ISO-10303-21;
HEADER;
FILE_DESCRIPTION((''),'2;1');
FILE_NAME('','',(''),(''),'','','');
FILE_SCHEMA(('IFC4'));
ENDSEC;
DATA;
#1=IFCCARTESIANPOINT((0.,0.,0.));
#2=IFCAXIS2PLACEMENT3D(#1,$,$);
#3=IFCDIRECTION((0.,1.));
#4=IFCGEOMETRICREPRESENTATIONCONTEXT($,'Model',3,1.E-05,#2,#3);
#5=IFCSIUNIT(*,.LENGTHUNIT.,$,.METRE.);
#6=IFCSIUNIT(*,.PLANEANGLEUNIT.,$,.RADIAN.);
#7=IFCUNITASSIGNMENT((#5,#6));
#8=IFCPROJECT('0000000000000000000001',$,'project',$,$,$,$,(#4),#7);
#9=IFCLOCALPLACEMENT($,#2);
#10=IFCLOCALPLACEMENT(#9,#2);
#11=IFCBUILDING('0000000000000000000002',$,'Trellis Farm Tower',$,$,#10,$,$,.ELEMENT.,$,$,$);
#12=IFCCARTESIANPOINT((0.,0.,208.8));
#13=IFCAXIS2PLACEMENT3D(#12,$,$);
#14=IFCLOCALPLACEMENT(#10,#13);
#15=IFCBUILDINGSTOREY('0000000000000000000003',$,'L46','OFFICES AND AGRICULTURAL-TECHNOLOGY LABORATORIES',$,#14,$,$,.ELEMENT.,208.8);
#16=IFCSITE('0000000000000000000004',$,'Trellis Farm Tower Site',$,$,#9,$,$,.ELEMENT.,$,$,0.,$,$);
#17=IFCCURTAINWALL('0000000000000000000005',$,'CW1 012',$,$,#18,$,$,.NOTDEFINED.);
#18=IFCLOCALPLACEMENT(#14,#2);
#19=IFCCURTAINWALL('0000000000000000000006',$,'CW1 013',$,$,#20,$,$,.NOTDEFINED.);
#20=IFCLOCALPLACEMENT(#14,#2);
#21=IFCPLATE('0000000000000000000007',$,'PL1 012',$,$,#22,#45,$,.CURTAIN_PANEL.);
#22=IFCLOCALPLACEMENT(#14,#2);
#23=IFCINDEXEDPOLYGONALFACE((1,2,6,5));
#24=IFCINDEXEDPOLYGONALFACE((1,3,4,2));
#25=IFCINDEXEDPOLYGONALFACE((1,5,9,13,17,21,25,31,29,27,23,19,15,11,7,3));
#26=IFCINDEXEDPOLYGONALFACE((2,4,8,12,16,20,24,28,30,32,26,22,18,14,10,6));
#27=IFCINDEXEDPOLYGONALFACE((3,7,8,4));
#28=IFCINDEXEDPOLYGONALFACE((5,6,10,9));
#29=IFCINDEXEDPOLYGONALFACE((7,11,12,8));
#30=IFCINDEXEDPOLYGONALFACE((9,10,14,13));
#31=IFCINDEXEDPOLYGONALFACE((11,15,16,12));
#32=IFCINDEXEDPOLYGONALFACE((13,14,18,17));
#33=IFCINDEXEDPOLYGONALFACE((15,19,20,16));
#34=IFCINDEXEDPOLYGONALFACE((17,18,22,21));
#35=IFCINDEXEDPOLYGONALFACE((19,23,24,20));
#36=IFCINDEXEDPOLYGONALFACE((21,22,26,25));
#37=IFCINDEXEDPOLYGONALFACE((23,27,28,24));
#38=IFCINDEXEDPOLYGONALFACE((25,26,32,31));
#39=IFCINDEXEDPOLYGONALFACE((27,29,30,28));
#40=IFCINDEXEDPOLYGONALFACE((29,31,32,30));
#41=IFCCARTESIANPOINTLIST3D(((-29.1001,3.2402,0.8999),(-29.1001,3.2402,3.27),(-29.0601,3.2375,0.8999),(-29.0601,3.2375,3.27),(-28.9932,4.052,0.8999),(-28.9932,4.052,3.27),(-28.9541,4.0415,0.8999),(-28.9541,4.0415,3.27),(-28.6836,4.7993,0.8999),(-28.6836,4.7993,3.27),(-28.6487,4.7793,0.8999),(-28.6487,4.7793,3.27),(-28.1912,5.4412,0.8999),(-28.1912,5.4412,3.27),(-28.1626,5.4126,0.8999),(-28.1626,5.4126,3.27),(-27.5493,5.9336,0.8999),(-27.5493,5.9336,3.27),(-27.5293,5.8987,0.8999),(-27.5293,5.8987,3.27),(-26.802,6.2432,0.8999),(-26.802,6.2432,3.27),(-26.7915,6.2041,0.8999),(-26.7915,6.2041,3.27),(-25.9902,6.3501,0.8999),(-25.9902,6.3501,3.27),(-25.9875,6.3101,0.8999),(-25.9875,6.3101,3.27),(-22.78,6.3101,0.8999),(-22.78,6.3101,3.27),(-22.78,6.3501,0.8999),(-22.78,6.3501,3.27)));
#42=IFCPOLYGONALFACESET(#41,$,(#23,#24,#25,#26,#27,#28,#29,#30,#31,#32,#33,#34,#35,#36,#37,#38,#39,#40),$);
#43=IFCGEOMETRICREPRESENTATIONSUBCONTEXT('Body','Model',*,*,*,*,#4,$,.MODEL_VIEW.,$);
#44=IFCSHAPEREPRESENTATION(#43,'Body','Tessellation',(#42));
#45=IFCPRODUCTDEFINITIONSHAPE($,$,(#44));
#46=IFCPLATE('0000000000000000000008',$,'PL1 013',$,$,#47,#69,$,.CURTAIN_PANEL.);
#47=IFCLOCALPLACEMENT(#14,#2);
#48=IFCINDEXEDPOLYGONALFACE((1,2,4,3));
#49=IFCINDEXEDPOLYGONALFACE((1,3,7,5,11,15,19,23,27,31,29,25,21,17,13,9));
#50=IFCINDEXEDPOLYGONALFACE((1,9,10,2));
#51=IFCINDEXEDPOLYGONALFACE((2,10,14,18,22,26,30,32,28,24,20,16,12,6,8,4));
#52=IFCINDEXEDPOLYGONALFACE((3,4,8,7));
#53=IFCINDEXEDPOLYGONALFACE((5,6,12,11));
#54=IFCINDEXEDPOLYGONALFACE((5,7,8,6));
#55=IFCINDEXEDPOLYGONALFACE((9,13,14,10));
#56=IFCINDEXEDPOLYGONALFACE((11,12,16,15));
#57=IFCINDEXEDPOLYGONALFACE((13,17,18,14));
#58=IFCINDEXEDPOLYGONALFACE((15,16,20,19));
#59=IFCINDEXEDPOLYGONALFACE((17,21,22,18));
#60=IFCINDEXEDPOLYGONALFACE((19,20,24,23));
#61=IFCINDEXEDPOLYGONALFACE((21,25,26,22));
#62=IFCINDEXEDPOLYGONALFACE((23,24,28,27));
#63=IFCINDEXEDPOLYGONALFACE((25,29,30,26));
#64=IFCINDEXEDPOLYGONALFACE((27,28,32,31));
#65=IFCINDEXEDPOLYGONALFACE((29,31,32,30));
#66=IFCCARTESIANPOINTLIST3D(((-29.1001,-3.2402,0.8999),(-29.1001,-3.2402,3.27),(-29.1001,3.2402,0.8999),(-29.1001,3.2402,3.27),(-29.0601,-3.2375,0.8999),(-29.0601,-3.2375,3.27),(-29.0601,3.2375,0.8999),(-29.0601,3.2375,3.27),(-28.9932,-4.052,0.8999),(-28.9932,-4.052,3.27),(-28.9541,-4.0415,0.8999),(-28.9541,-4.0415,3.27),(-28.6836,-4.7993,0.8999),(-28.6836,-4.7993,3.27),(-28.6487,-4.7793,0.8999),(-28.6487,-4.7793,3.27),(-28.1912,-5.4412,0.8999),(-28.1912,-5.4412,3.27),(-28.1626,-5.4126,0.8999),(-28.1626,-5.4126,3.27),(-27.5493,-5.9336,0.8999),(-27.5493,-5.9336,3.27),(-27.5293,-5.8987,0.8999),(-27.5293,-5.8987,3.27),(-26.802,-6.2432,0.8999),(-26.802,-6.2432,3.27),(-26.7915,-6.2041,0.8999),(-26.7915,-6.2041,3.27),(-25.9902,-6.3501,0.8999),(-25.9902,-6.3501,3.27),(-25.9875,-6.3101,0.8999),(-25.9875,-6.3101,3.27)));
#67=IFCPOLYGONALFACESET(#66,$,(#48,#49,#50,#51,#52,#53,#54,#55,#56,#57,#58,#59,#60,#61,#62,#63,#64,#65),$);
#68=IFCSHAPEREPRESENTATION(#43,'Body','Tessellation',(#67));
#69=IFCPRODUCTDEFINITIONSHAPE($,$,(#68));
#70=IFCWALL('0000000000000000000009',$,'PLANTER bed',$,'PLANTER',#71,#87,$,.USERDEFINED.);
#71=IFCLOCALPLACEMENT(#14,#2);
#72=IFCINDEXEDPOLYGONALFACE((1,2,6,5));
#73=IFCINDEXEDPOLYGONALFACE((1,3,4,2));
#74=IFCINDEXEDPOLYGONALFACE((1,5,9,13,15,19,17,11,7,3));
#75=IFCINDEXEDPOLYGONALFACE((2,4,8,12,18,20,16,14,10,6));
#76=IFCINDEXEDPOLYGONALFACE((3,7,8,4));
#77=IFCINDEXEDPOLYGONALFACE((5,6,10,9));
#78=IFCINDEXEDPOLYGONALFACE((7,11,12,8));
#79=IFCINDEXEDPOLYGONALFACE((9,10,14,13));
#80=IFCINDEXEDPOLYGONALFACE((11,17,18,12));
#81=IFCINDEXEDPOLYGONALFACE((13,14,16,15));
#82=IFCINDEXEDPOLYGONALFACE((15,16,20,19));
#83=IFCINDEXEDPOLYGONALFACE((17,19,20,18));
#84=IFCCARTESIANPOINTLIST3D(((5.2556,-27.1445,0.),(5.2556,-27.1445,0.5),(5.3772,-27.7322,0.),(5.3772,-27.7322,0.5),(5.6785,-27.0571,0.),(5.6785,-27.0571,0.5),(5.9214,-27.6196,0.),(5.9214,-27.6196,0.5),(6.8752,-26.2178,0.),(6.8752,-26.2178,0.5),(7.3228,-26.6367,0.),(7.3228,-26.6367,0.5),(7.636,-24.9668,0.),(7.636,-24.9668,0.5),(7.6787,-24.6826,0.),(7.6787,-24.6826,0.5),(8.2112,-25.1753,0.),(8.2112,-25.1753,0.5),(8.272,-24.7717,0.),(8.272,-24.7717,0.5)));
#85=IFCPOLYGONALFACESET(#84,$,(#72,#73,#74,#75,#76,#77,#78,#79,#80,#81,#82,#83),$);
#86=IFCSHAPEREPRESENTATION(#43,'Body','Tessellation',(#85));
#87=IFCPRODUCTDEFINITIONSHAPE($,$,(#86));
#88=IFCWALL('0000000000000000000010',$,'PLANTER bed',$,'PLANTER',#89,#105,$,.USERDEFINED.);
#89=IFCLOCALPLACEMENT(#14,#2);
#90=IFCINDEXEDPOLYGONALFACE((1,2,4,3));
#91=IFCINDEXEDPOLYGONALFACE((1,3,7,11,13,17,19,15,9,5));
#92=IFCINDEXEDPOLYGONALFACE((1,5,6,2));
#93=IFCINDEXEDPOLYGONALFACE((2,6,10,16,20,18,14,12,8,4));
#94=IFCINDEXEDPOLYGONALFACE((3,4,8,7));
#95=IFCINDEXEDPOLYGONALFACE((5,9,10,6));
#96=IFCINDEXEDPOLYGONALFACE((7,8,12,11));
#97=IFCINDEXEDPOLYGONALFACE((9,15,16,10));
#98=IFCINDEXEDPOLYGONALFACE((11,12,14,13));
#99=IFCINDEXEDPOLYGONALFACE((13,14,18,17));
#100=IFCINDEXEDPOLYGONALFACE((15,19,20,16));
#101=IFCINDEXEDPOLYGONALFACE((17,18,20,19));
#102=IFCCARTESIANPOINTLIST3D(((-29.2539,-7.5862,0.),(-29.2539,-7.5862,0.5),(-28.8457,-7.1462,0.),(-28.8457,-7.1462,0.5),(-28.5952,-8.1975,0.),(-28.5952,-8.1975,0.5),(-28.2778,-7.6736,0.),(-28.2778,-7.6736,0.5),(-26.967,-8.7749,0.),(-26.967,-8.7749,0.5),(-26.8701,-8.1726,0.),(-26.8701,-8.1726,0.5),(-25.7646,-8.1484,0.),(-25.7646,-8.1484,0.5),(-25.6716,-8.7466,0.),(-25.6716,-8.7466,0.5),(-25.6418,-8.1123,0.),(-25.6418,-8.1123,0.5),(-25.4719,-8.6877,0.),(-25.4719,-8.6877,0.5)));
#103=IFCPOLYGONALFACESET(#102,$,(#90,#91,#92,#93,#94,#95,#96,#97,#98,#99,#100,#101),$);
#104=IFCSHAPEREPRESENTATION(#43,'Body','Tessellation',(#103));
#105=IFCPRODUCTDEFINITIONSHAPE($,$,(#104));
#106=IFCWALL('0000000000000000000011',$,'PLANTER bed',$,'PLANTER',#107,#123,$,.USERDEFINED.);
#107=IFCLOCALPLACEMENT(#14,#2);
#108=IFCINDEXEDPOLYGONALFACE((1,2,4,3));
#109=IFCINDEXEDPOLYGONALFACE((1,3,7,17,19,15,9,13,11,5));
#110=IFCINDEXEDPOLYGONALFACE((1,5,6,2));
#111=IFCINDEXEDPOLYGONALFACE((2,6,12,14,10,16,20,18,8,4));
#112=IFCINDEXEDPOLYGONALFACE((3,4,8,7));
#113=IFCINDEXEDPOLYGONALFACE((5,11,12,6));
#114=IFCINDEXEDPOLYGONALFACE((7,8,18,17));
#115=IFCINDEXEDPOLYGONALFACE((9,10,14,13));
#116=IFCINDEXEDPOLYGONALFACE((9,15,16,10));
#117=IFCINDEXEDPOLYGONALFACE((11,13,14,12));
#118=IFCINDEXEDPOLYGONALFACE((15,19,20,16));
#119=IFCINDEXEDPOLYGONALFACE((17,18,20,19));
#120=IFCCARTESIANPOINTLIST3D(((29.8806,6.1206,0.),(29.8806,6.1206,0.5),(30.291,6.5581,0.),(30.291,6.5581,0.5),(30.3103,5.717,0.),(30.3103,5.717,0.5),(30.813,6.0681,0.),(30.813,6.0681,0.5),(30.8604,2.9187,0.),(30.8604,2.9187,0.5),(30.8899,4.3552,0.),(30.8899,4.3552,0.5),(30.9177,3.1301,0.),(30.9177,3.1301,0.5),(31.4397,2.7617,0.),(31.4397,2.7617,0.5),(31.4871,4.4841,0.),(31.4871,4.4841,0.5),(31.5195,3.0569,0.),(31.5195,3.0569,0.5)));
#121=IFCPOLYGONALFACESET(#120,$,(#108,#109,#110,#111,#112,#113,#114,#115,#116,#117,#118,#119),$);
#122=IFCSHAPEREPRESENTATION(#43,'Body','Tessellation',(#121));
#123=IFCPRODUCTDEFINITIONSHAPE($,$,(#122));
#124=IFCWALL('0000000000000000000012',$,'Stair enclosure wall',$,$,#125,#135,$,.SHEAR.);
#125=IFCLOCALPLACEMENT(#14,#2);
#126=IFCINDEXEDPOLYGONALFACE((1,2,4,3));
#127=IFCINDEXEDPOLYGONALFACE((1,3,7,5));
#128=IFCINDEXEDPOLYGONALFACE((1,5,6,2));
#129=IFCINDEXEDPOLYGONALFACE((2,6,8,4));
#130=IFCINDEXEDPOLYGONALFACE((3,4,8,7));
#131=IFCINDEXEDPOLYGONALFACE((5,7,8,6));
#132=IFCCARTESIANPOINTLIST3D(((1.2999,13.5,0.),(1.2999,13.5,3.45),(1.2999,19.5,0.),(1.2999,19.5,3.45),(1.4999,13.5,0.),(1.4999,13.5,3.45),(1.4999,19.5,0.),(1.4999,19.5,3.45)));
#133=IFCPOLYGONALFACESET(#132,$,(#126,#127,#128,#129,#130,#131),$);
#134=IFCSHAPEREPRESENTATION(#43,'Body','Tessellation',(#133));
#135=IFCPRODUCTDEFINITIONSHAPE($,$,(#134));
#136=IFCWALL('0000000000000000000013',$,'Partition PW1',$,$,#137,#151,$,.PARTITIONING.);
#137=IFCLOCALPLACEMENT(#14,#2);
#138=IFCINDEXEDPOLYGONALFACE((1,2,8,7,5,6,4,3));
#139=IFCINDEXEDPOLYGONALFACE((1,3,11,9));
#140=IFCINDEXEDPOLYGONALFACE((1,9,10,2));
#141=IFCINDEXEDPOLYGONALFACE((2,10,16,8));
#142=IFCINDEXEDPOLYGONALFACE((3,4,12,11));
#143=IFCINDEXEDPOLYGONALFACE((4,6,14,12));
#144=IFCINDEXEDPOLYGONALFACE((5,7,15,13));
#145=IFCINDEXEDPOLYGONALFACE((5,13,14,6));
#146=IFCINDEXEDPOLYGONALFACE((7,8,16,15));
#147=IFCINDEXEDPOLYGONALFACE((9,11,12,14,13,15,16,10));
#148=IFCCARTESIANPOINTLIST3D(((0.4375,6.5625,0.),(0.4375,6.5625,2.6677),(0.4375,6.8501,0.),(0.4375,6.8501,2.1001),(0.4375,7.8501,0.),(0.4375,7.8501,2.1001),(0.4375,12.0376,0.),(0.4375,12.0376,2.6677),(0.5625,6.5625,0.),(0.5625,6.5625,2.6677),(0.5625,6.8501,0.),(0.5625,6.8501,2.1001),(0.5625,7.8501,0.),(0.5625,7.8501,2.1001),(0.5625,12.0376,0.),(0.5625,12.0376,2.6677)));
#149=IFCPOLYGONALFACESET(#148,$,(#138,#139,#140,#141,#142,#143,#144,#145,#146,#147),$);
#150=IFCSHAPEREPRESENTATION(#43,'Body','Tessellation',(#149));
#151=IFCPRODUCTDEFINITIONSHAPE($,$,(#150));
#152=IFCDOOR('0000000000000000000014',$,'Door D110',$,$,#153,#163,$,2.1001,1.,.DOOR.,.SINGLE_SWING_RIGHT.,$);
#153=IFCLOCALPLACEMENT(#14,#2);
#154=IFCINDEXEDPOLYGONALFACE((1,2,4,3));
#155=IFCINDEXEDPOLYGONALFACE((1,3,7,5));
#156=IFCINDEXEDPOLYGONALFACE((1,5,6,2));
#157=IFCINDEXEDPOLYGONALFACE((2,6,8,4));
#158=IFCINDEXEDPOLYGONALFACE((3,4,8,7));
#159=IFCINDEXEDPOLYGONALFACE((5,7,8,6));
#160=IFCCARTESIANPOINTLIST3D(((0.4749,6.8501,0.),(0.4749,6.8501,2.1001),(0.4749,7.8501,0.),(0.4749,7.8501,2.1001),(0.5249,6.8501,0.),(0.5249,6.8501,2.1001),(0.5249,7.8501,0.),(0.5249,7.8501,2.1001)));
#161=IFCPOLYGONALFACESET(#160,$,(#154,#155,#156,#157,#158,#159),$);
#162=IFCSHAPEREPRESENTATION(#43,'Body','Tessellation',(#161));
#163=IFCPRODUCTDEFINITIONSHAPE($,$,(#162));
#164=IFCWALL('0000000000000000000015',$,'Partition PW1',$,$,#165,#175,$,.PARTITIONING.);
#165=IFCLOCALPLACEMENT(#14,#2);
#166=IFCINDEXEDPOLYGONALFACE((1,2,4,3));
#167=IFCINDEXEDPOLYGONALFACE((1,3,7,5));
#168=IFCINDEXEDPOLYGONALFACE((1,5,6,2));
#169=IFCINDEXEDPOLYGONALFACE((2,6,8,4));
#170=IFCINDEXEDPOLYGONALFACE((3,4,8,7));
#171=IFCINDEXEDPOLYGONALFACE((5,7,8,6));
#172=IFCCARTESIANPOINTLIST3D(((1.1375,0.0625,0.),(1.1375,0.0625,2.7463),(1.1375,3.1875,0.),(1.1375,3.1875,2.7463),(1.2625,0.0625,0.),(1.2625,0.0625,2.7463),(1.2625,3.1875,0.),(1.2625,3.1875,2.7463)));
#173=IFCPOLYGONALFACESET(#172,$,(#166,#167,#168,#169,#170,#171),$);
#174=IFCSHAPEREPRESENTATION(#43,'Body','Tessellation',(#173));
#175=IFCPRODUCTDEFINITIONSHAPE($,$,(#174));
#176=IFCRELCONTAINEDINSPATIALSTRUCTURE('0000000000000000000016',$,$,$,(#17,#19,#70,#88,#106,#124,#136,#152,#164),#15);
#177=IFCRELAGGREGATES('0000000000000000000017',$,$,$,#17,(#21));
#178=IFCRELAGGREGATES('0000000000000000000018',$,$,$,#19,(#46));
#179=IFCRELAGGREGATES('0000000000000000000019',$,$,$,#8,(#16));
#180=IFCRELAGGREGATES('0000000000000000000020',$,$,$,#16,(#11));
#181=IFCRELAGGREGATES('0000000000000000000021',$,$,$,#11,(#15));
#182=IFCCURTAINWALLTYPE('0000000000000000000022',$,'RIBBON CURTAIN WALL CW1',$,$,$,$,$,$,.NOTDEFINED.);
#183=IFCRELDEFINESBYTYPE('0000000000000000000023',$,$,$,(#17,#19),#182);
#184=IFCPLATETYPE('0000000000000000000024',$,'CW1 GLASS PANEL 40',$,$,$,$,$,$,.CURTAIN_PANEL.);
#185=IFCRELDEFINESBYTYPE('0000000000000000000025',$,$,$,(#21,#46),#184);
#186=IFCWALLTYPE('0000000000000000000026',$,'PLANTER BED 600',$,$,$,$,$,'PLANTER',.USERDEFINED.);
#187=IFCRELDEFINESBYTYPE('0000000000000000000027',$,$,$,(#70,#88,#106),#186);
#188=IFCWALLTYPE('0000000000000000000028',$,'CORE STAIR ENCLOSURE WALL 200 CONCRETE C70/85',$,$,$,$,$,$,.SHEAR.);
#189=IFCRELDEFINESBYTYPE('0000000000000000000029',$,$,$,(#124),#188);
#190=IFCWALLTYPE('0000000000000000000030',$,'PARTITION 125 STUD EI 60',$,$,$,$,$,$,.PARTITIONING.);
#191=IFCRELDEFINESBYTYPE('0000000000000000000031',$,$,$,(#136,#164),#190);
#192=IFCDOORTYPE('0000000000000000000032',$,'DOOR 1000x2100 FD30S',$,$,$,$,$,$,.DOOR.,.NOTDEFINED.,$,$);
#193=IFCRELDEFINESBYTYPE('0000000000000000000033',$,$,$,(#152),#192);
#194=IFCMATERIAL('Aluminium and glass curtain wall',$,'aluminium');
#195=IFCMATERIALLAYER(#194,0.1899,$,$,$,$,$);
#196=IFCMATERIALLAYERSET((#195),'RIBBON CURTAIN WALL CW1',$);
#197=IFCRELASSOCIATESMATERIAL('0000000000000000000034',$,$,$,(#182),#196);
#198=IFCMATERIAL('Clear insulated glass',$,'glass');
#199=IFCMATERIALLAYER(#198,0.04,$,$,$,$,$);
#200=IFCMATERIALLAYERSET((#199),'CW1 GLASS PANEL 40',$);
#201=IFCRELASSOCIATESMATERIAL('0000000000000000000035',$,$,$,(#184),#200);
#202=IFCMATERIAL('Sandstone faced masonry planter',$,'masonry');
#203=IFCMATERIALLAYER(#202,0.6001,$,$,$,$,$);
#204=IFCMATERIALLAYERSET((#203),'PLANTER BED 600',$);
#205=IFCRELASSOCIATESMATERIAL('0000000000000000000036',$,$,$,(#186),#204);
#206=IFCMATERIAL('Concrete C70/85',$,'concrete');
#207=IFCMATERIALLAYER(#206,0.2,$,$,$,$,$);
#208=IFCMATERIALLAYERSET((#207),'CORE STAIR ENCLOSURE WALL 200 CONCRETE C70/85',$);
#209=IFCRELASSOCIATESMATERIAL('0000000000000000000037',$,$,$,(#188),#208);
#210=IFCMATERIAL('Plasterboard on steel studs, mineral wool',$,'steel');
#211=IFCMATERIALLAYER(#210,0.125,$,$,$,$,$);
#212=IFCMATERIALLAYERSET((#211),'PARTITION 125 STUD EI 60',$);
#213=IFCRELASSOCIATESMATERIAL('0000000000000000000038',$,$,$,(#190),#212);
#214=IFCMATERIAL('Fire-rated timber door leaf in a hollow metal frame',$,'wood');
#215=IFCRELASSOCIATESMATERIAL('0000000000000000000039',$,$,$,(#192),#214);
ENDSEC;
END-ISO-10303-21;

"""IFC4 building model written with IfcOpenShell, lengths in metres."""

from ifc_helpers import new_model, si_unit, direction, frame, frame_2d, origin, place, context, subcontext, project, spatial, polyline, rectangle, outline, extrude, source, transform, mapped, material, layer, layer_set, type_object, element, fill, aggregate, save


model = new_model("IFC4")

# Units and contexts
model_context = context("Model", 3, precision=1e-05, world=origin(), true_north=direction((0.0, 1.0)))
body_context = subcontext(model_context, "Body", "Model", "MODEL_VIEW")
ifc_project = project(units=[si_unit("LENGTHUNIT", "METRE"), si_unit("PLANEANGLEUNIT", "RADIAN")], contexts=[model_context])

# Site, building, storey
site_placement = place(None, origin())
site = spatial("IfcSite", under=ifc_project, at=site_placement, Name="Trellis Farm Tower Site", CompositionType="ELEMENT", RefElevation=0.0)
building_placement = place(site_placement, origin())
building = spatial("IfcBuilding", under=site, at=building_placement, Name="Trellis Farm Tower", CompositionType="ELEMENT")
storey_placement = place(building_placement, frame((0.0, 0.0, 208.8)))
storey = spatial("IfcBuildingStorey", under=building, at=storey_placement, Name="L46", Description="OFFICES AND AGRICULTURAL-TECHNOLOGY LABORATORIES", CompositionType="ELEMENT", Elevation=208.8)

# Curtain walls
ifc_material_1 = material(Name="Aluminium and glass curtain wall", Category="aluminium")
placement_1 = place(storey_placement, origin())
ifc_layer_1 = layer(ifc_material_1, 0.1899)
ifc_layer_set_1 = layer_set([ifc_layer_1], Name="RIBBON CURTAIN WALL CW1")
curtain_wall_type_1 = type_object("IfcCurtainWallType", Name="RIBBON CURTAIN WALL CW1", PredefinedType="NOTDEFINED", material=ifc_layer_set_1)
curtain_wall_1 = element("IfcCurtainWall", 1, at=placement_1, inside=storey, type_object=curtain_wall_type_1, Name="CW1 012", PredefinedType="NOTDEFINED")
curtain_wall_2 = element("IfcCurtainWall", 2, at=placement_1, inside=storey, type_object=curtain_wall_type_1, Name="CW1 013", PredefinedType="NOTDEFINED")

# Plates
ifc_material_2 = material(Name="Clear insulated glass", Category="glass")
ifc_layer_2 = layer(ifc_material_2, 0.04)
ifc_layer_set_2 = layer_set([ifc_layer_2], Name="CW1 GLASS PANEL 40")
plate_type_1 = type_object("IfcPlateType", Name="CW1 GLASS PANEL 40", PredefinedType="CURTAIN_PANEL", material=ifc_layer_set_2)
placement_2 = place(storey_placement, frame((0.0, 0.0, 0.8999)))
shared_shape_1 = source(origin(), body_context, "Body", "SweptSolid", [
    extrude(outline(polyline([(-22.78, 6.3501), (-25.9902, 6.3501), (-26.802, 6.2432), (-27.5493, 5.9336), (-28.1912, 5.4412), (-28.6836, 4.7993), (-28.9932, 4.052), (-29.1001, 3.2402), (-29.0601, 3.2375), (-28.9541, 4.0415), (-28.6487, 4.7793), (-28.1626, 5.4126), (-27.5293, 5.8987), (-26.7915, 6.2041), (-25.9875, 6.3101), (-22.78, 6.3101), (-22.78, 6.3501)])), origin(), (0.0, 0.0, 1.0), 2.3701),
])
plate_1 = element("IfcPlate", 3, at=placement_2, type_object=plate_type_1, Name="PL1 012", PredefinedType="CURTAIN_PANEL", context=body_context, shape_type="MappedRepresentation", body=[
    mapped(shared_shape_1, transform((0.0, 0.0, 0.0))),
])
aggregate(curtain_wall_1, [plate_1])
shared_shape_2 = source(origin(), body_context, "Body", "SweptSolid", [
    extrude(outline(polyline([(-29.1001, 3.2402), (-29.1001, -3.2402), (-28.9932, -4.052), (-28.6836, -4.7993), (-28.1912, -5.4412), (-27.5493, -5.9336), (-26.802, -6.2432), (-25.9902, -6.3501), (-25.9875, -6.3101), (-26.7915, -6.2041), (-27.5293, -5.8987), (-28.1626, -5.4126), (-28.6487, -4.7793), (-28.9541, -4.0415), (-29.0601, -3.2375), (-29.0601, 3.2375), (-29.1001, 3.2402)])), origin(), (0.0, 0.0, 1.0), 2.3701),
])
plate_2 = element("IfcPlate", 4, at=placement_2, type_object=plate_type_1, Name="PL1 013", PredefinedType="CURTAIN_PANEL", context=body_context, shape_type="MappedRepresentation", body=[
    mapped(shared_shape_2, transform((0.0, 0.0, 0.0))),
])
aggregate(curtain_wall_2, [plate_2])

# Walls
ifc_material_3 = material(Name="Sandstone faced masonry planter", Category="masonry")
ifc_layer_3 = layer(ifc_material_3, 0.6001)
ifc_layer_set_3 = layer_set([ifc_layer_3], Name="PLANTER BED 600")
wall_type_1 = type_object("IfcWallType", Name="PLANTER BED 600", ElementType="PLANTER", PredefinedType="USERDEFINED", material=ifc_layer_set_3)
element("IfcWall", 5, at=placement_1, inside=storey, type_object=wall_type_1, Name="PLANTER bed", ObjectType="PLANTER", PredefinedType="USERDEFINED", context=body_context, shape_type="SweptSolid", body=[
    extrude(outline(polyline([(8.2112, -25.1753), (7.3228, -26.6367), (5.9214, -27.6196), (5.3772, -27.7322), (5.2556, -27.1445), (5.6785, -27.0571), (6.8752, -26.2178), (7.636, -24.9668), (7.6787, -24.6826), (8.272, -24.7717), (8.2112, -25.1753)])), origin(), (0.0, 0.0, 1.0), 0.5),
])
element("IfcWall", 6, at=placement_1, inside=storey, type_object=wall_type_1, Name="PLANTER bed", ObjectType="PLANTER", PredefinedType="USERDEFINED", context=body_context, shape_type="SweptSolid", body=[
    extrude(outline(polyline([(-26.967, -8.7749), (-28.5952, -8.1975), (-29.2539, -7.5862), (-28.8457, -7.1462), (-28.2778, -7.6736), (-26.8701, -8.1726), (-25.7646, -8.1484), (-25.6418, -8.1123), (-25.4719, -8.6877), (-25.6716, -8.7466), (-26.967, -8.7749)])), origin(), (0.0, 0.0, 1.0), 0.5),
])
element("IfcWall", 7, at=placement_1, inside=storey, type_object=wall_type_1, Name="PLANTER bed", ObjectType="PLANTER", PredefinedType="USERDEFINED", context=body_context, shape_type="SweptSolid", body=[
    extrude(outline(polyline([(31.4871, 4.4841), (31.5195, 3.0569), (31.4397, 2.7617), (30.8604, 2.9187), (30.9177, 3.1301), (30.8899, 4.3552), (30.3103, 5.717), (29.8806, 6.1206), (30.291, 6.5581), (30.813, 6.0681), (31.4871, 4.4841)])), origin(), (0.0, 0.0, 1.0), 0.5),
])
ifc_material_4 = material(Name="Concrete C70/85", Category="concrete")
ifc_layer_4 = layer(ifc_material_4, 0.2)
ifc_layer_set_4 = layer_set([ifc_layer_4], Name="CORE STAIR ENCLOSURE WALL 200 CONCRETE C70/85")
wall_type_2 = type_object("IfcWallType", Name="CORE STAIR ENCLOSURE WALL 200 CONCRETE C70/85", PredefinedType="SHEAR", material=ifc_layer_set_4)
shared_shape_3 = source(origin(), body_context, "Body", "SweptSolid", [
    extrude(rectangle(XDim=6.0, YDim=0.2, at=frame_2d((3.0, 0.0))), origin(), (0.0, 0.0, 1.0), 3.45),
])
wall_1_placement = place(storey_placement, frame((1.3999, 13.5, 0.0), z_axis=(0.0, 0.0, 1.0), x_axis=(0.0, 1.0, 0.0)))
element("IfcWall", 8, at=wall_1_placement, inside=storey, type_object=wall_type_2, Name="Stair enclosure wall", PredefinedType="SHEAR", context=body_context, shape_type="MappedRepresentation", body=[
    mapped(shared_shape_3, transform((0.0, 0.0, 0.0))),
])

# Wall, opening, door
ifc_material_5 = material(Name="Plasterboard on steel studs, mineral wool", Category="steel")
ifc_layer_5 = layer(ifc_material_5, 0.125)
ifc_layer_set_5 = layer_set([ifc_layer_5], Name="PARTITION 125 STUD EI 60")
wall_type_3 = type_object("IfcWallType", Name="PARTITION 125 STUD EI 60", PredefinedType="PARTITIONING", material=ifc_layer_set_5)
shared_shape_4 = source(origin(), body_context, "Body", "SweptSolid", [
    extrude(rectangle(XDim=5.4751, YDim=0.125, at=frame_2d((2.7375, 0.0))), origin(), (0.0, 0.0, 1.0), 2.6677),
])
wall_2_placement = place(storey_placement, frame((0.5, 12.0376, 0.0), z_axis=(0.0, 0.0, 1.0), x_axis=(0.0, -1.0, 0.0)))
wall_2 = element("IfcWall", 9, at=wall_2_placement, inside=storey, type_object=wall_type_3, Name="Partition PW1", PredefinedType="PARTITIONING", context=body_context, shape_type="MappedRepresentation", body=[
    mapped(shared_shape_4, transform((0.0, 0.0, 0.0))),
])
shared_shape_5 = source(origin(), body_context, "Body", "SweptSolid", [
    extrude(rectangle(XDim=1.0, YDim=2.1001, at=frame_2d((0.5, 1.05))), frame((0.0, 0.0725, 0.0), z_axis=(0.0, -1.0, 0.0), x_axis=(1.0, 0.0, 0.0)), (0.0, 0.0, 1.0), 0.145),
])
opening_placement = place(wall_2_placement, frame((4.1875, 0.0, 0.0)))
opening = element("IfcOpeningElement", 10, at=opening_placement, cuts=wall_2, PredefinedType="OPENING", context=body_context, shape_type="MappedRepresentation", body=[
    mapped(shared_shape_5, transform((0.0, 0.0, 0.0))),
])
ifc_material_6 = material(Name="Fire-rated timber door leaf in a hollow metal frame", Category="wood")
door_type = type_object("IfcDoorType", Name="DOOR 1000x2100 FD30S", OperationType="NOTDEFINED", PredefinedType="DOOR", material=ifc_material_6)
shared_shape_6 = source(origin(), body_context, "Body", "SweptSolid", [
    extrude(rectangle(XDim=1.0, YDim=2.1001, at=frame_2d((0.5, 1.05))), frame((0.0, 0.0249, 0.0), z_axis=(0.0, -1.0, 0.0), x_axis=(1.0, 0.0, 0.0)), (0.0, 0.0, 1.0), 0.05),
])
door_placement = place(opening_placement, origin())
door = element("IfcDoor", 11, at=door_placement, inside=storey, type_object=door_type, Name="Door D110", OperationType="SINGLE_SWING_RIGHT", OverallHeight=2.1001, OverallWidth=1.0, PredefinedType="DOOR", context=body_context, shape_type="MappedRepresentation", body=[
    mapped(shared_shape_6, transform((0.0, 0.0, 0.0))),
])
fill(opening, door)

# Wall
shared_shape_7 = source(origin(), body_context, "Body", "SweptSolid", [
    extrude(rectangle(XDim=3.125, YDim=0.125, at=frame_2d((1.5625, 0.0))), origin(), (0.0, 0.0, 1.0), 2.7463),
])
wall_3_placement = place(storey_placement, frame((1.2, 3.1875, 0.0), z_axis=(0.0, 0.0, 1.0), x_axis=(0.0, -1.0, 0.0)))
element("IfcWall", 12, at=wall_3_placement, inside=storey, type_object=wall_type_3, Name="Partition PW1", PredefinedType="PARTITIONING", context=body_context, shape_type="MappedRepresentation", body=[
    mapped(shared_shape_7, transform((0.0, 0.0, 0.0))),
])

save(model, "model.ifc")
